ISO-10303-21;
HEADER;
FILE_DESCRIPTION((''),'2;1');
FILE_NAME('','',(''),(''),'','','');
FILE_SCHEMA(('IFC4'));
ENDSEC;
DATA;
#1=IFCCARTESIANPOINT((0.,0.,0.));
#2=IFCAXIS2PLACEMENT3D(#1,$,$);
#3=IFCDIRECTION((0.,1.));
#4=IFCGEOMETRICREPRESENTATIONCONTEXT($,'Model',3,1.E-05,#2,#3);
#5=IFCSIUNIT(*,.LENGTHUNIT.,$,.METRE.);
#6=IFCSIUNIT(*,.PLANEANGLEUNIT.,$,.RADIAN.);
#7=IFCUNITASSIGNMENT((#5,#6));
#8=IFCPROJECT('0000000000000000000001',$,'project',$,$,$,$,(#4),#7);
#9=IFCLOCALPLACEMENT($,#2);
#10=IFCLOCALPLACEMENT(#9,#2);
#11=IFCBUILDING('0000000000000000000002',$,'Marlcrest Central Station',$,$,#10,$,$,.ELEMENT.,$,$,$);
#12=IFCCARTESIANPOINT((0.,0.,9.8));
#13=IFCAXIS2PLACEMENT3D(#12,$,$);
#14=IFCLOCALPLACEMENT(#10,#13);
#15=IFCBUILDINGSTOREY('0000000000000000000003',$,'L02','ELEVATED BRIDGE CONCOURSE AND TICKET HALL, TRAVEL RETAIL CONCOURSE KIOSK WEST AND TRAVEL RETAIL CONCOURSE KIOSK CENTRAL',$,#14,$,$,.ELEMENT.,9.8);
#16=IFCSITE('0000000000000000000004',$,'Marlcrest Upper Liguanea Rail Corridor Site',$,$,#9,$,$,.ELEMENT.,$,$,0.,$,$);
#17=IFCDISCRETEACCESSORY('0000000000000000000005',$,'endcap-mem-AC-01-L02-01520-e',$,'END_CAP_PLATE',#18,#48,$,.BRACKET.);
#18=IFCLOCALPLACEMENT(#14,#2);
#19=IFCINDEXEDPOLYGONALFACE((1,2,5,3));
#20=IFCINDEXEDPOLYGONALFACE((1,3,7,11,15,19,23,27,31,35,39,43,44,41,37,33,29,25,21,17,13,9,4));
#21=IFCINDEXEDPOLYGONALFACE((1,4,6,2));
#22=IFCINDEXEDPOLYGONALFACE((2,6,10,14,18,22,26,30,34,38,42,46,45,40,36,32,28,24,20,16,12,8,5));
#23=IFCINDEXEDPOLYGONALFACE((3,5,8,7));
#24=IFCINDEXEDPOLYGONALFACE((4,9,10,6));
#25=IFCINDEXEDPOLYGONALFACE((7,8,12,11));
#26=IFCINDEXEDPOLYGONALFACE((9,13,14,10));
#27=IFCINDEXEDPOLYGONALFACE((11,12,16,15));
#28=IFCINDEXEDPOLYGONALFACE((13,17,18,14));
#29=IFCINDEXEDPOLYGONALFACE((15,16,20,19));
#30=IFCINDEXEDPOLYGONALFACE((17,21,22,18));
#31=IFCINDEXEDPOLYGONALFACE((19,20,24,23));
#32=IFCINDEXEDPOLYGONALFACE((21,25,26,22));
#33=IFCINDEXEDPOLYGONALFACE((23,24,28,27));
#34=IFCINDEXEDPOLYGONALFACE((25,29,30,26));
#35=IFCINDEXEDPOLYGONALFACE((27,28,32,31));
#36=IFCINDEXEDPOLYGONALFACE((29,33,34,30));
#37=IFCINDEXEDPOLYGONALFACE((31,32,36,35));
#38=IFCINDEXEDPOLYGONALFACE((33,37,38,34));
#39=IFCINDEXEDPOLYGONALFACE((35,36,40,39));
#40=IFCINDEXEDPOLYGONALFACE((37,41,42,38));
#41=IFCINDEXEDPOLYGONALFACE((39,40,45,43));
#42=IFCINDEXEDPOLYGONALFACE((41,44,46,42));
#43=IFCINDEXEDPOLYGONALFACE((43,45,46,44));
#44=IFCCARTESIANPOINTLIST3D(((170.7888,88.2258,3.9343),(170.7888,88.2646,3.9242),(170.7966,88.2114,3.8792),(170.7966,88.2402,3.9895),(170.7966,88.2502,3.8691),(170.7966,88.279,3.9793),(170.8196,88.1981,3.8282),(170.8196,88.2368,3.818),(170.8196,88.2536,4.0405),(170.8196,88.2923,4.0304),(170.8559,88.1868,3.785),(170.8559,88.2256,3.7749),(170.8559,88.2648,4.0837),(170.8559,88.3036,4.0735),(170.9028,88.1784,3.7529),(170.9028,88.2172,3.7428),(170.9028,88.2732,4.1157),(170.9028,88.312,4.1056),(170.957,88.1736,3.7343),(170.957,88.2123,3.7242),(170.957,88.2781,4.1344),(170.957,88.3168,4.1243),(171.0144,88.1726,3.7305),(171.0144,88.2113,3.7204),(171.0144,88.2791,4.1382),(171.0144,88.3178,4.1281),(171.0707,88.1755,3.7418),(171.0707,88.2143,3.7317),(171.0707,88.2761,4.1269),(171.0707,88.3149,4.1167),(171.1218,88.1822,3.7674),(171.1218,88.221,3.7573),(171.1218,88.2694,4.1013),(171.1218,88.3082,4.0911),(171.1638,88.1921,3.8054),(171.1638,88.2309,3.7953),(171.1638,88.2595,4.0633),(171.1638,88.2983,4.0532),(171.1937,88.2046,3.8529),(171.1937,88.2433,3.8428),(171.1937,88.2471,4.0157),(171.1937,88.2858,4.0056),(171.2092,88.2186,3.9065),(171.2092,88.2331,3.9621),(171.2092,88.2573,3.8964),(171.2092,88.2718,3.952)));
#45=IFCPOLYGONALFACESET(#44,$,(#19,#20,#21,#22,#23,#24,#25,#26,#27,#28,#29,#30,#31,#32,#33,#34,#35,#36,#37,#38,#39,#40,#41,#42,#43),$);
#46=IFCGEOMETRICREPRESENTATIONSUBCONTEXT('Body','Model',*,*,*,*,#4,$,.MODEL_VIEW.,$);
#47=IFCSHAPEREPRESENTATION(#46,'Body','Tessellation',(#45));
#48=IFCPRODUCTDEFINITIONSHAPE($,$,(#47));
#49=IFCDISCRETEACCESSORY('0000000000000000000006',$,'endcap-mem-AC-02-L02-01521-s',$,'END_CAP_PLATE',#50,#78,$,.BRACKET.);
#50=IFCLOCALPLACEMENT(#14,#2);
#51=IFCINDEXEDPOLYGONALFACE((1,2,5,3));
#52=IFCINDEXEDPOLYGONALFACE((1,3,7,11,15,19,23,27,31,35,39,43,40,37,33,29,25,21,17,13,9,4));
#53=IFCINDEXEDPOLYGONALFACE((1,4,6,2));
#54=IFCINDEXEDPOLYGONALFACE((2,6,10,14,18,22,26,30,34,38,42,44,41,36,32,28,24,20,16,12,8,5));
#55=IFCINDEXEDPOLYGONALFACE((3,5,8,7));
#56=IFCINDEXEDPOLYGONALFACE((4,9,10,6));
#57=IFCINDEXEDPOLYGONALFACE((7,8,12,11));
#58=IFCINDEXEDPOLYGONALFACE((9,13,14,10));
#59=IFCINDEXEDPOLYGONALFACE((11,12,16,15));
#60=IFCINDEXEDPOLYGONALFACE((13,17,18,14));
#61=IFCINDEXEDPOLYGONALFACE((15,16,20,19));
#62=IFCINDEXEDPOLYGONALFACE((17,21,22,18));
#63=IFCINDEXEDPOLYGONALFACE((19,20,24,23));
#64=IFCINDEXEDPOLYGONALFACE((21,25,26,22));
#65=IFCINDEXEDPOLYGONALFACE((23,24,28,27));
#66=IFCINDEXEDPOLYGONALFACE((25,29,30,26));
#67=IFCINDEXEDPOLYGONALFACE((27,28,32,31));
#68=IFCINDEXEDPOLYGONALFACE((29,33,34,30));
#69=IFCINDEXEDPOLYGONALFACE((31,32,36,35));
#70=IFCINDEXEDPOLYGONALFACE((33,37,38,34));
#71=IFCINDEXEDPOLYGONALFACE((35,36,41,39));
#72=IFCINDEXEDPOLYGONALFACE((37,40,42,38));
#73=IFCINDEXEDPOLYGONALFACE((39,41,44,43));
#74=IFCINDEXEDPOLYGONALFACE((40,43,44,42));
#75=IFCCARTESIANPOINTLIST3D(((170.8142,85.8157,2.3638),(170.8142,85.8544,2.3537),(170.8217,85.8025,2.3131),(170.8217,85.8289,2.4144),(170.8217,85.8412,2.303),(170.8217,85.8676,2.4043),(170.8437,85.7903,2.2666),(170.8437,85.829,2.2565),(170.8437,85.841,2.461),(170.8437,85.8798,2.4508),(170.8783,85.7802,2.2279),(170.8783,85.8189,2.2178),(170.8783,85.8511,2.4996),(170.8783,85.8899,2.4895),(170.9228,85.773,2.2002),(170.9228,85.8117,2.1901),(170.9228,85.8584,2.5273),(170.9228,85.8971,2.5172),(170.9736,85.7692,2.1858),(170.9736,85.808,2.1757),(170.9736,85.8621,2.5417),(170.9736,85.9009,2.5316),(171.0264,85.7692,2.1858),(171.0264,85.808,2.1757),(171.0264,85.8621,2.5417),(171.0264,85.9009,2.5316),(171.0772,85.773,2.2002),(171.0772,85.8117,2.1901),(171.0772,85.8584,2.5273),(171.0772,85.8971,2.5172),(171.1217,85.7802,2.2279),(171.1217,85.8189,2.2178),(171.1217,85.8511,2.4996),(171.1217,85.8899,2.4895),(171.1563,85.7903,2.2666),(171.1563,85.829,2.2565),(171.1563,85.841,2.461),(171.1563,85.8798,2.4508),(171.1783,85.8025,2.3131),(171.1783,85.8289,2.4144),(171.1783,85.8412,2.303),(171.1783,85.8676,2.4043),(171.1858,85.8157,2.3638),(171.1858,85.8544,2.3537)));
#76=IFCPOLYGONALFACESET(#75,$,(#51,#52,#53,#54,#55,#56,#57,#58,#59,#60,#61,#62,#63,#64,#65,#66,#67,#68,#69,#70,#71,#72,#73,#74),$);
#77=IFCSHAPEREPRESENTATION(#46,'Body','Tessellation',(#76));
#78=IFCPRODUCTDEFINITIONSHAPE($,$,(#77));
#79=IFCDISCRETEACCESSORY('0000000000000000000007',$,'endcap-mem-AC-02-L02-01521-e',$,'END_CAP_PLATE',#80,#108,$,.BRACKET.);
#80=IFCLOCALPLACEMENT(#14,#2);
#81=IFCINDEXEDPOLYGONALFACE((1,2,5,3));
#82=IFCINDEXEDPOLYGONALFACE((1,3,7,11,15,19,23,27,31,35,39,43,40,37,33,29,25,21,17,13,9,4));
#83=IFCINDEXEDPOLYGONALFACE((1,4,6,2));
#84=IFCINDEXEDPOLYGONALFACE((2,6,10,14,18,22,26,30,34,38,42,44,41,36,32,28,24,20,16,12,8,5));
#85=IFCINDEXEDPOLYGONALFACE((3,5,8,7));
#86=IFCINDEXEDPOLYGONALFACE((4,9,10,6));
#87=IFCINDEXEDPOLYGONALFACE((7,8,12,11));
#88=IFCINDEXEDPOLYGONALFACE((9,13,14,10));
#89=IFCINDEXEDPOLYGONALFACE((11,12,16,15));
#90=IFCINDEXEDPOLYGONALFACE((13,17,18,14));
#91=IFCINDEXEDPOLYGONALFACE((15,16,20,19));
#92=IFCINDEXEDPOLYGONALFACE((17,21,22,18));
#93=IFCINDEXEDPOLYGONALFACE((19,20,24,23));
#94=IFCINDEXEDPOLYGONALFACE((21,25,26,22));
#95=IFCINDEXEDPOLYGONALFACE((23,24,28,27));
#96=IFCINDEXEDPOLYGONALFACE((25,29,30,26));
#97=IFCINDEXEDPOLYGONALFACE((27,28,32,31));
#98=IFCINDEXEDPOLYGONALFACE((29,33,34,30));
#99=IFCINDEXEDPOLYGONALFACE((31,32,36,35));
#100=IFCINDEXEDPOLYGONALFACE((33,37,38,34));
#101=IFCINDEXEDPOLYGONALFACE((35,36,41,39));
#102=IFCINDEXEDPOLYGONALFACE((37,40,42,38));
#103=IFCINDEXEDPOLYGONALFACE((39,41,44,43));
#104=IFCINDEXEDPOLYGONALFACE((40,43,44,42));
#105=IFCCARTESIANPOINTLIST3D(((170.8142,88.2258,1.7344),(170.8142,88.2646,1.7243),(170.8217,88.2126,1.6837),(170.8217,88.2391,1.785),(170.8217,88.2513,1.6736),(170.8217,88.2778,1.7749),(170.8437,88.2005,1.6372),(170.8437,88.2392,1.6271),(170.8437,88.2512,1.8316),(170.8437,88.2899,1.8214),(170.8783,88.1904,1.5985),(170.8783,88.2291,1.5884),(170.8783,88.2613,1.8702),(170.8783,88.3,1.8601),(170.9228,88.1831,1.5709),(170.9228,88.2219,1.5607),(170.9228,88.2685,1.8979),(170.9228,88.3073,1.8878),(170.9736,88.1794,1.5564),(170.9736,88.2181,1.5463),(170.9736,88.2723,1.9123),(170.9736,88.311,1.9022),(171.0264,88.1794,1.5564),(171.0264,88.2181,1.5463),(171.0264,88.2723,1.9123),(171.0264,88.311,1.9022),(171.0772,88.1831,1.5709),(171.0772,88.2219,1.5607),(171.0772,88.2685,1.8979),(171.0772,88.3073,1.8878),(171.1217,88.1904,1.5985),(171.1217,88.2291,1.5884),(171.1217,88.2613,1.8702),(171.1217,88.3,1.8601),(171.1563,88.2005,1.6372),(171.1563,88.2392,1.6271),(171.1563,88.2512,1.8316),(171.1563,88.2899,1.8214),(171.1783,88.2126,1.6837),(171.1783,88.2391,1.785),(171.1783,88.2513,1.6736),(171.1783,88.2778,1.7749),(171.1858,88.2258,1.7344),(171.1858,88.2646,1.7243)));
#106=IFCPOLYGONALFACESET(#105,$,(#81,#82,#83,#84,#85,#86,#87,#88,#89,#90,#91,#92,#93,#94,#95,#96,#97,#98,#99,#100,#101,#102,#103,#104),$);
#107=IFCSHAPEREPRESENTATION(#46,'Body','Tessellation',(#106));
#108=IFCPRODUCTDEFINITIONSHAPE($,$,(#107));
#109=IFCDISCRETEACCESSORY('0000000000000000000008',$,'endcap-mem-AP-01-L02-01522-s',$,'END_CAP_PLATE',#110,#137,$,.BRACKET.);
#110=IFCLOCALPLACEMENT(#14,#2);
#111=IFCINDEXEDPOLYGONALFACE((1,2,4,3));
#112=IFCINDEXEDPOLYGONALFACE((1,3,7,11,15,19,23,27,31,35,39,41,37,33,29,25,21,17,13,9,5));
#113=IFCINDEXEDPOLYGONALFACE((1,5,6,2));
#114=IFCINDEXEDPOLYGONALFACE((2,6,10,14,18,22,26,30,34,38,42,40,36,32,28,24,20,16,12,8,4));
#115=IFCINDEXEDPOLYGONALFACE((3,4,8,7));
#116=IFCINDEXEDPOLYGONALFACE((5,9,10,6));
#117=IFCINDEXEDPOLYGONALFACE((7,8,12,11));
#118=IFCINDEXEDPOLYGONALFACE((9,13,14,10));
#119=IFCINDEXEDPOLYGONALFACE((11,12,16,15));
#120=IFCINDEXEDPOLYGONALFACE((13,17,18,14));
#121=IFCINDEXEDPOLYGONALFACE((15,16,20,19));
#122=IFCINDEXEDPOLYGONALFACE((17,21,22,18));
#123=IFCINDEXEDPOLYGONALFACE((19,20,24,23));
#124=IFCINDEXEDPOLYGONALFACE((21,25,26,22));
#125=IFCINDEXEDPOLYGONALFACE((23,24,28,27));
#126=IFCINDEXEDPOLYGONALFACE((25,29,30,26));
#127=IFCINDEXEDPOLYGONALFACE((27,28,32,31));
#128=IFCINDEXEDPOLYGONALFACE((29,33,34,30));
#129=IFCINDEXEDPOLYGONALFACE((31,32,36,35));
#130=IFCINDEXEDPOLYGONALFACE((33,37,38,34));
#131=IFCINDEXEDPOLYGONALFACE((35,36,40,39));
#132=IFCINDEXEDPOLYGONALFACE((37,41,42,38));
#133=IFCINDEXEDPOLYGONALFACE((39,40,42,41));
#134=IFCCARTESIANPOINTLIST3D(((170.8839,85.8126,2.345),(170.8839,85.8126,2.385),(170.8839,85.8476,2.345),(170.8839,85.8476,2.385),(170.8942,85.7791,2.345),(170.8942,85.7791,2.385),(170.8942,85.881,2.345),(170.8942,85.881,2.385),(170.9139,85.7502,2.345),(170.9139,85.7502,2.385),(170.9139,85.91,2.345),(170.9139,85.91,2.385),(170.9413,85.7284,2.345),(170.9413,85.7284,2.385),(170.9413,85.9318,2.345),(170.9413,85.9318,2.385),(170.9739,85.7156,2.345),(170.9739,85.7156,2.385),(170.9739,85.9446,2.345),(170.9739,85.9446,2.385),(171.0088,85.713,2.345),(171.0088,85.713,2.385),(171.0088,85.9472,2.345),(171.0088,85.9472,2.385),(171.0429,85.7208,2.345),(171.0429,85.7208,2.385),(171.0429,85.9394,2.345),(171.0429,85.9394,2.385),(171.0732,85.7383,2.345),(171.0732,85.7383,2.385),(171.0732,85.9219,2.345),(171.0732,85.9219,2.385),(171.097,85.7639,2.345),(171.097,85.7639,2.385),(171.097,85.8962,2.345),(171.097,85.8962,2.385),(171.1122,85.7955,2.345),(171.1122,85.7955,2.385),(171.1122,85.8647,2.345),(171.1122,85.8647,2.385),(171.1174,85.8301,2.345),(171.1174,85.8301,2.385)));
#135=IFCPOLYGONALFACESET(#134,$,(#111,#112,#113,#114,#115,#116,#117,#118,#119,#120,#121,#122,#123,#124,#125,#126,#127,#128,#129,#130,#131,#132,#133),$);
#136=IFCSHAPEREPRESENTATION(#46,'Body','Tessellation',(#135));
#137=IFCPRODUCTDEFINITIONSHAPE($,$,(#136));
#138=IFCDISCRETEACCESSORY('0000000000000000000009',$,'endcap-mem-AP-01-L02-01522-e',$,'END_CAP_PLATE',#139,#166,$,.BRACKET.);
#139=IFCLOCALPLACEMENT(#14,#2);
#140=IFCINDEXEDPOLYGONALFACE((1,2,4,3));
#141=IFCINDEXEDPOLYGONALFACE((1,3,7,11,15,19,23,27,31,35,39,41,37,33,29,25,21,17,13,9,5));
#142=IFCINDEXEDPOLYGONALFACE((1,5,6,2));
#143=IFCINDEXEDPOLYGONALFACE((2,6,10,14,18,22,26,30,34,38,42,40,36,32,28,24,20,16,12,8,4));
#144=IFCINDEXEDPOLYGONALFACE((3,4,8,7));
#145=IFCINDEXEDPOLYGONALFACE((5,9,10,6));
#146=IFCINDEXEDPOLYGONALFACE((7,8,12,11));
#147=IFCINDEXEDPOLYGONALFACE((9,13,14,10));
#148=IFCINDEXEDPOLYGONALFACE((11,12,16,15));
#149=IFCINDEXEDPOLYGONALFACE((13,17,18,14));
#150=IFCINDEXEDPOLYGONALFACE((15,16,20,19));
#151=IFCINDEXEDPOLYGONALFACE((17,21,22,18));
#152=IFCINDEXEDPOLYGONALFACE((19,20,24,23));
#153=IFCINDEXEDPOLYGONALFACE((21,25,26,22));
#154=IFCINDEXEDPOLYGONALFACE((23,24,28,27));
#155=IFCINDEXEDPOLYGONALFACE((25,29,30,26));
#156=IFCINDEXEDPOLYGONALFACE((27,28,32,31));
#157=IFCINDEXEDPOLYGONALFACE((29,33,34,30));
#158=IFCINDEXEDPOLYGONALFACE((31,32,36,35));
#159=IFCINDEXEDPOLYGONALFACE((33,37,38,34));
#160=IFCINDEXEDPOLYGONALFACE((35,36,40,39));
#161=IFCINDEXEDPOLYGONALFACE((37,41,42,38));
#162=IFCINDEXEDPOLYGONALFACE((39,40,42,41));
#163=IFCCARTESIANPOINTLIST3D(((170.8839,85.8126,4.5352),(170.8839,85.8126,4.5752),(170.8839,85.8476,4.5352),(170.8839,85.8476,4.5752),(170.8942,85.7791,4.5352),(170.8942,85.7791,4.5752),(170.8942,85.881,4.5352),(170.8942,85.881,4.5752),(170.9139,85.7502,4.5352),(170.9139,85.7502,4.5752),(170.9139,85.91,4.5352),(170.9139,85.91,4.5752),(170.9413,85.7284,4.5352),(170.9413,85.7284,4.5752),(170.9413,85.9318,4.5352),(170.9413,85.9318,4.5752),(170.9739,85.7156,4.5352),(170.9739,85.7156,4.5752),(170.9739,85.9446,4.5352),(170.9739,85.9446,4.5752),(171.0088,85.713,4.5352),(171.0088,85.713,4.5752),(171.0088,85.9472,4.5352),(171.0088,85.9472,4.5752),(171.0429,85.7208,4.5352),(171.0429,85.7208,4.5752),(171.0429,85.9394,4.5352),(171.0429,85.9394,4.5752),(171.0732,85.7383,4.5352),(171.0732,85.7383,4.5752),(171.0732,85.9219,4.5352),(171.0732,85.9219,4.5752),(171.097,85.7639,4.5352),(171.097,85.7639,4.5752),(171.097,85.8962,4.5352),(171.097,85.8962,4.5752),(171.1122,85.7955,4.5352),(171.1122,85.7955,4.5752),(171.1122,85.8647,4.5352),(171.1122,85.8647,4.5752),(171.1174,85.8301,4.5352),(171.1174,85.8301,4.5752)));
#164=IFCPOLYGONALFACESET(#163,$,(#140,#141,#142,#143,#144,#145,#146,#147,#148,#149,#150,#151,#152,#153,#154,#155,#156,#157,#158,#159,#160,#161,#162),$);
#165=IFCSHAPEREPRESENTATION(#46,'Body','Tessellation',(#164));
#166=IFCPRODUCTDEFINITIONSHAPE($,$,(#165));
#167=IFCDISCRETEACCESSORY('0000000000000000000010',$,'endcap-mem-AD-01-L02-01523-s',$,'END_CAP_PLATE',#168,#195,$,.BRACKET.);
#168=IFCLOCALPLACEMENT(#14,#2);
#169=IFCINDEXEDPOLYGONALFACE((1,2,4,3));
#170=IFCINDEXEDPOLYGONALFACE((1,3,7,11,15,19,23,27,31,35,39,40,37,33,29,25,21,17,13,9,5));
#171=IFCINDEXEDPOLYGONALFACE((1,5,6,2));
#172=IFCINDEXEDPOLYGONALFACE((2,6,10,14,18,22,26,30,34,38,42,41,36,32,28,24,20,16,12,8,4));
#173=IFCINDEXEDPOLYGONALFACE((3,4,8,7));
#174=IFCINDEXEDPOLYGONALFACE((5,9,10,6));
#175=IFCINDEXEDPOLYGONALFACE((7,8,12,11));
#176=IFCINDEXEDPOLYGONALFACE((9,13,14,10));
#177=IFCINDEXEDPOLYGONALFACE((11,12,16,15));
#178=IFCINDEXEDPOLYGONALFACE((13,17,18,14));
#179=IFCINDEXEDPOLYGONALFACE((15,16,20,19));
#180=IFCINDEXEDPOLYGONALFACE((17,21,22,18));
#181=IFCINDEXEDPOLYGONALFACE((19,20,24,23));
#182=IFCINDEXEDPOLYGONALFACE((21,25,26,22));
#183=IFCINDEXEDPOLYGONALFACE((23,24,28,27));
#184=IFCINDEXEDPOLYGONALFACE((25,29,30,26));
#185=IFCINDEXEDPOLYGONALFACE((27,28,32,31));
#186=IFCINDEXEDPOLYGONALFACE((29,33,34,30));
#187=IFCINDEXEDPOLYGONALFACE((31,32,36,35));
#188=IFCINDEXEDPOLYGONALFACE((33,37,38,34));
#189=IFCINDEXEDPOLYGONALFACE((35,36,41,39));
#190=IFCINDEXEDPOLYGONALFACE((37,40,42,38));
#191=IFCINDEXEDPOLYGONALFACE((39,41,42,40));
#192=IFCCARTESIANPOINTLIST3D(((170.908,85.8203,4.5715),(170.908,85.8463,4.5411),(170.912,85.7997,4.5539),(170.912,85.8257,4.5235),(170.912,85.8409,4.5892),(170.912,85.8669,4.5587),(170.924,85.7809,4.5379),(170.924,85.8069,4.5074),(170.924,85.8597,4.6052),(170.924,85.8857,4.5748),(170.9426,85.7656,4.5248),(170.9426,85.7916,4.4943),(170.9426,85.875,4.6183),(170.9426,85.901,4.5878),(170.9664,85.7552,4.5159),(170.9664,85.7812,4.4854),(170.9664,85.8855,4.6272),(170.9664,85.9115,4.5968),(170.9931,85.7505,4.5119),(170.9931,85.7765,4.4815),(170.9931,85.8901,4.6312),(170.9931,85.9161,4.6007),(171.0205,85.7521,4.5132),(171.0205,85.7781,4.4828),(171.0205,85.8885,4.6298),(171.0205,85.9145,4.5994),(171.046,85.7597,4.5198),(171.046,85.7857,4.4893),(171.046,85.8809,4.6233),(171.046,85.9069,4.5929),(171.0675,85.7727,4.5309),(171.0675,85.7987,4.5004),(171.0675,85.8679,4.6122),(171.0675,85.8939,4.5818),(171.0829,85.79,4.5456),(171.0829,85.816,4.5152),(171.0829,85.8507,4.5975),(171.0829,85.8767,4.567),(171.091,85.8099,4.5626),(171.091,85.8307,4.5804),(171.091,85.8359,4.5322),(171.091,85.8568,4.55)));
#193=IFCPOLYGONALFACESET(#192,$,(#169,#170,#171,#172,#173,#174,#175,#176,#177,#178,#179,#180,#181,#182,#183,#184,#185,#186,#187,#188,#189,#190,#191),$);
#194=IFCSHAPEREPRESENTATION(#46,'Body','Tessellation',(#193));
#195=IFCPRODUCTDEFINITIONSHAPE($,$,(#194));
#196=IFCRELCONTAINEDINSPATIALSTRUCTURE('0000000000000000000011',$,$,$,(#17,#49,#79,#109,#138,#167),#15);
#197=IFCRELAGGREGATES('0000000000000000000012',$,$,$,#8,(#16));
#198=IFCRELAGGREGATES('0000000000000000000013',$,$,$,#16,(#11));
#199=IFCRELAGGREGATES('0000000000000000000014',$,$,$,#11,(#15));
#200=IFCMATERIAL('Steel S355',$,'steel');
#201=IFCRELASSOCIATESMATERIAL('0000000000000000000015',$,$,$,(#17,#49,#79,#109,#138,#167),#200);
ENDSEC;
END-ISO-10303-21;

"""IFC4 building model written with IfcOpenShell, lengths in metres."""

from ifc_helpers import new_model, si_unit, direction, frame, origin, origin_2d, place, context, subcontext, project, spatial, circle, extrude, material, element, save


model = new_model("IFC4")

# Units and contexts
model_context = context("Model", 3, precision=1e-05, world=origin(), true_north=direction((0.0, 1.0)))
body_context = subcontext(model_context, "Body", "Model", "MODEL_VIEW")
ifc_project = project(units=[si_unit("LENGTHUNIT", "METRE"), si_unit("PLANEANGLEUNIT", "RADIAN")], contexts=[model_context])

# Site, building, storey
site_placement = place(None, origin())
site = spatial("IfcSite", under=ifc_project, at=site_placement, Name="Marlcrest Upper Liguanea Rail Corridor Site", CompositionType="ELEMENT", RefElevation=0.0)
building_placement = place(site_placement, origin())
building = spatial("IfcBuilding", under=site, at=building_placement, Name="Marlcrest Central Station", CompositionType="ELEMENT")
storey_placement = place(building_placement, frame((0.0, 0.0, 9.8)))
storey = spatial("IfcBuildingStorey", under=building, at=storey_placement, Name="L02", Description="ELEVATED BRIDGE CONCOURSE AND TICKET HALL, TRAVEL RETAIL CONCOURSE KIOSK WEST AND TRAVEL RETAIL CONCOURSE KIOSK CENTRAL", CompositionType="ELEMENT", Elevation=9.8)

# Shared definitions
ifc_material_1 = material(Name="Steel S355", Category="steel")

# Discrete accessories
for number, where, z_axis, x_axis, name in (
    (1, (171.0, 88.2258, 3.9343), (0.0, 0.967539, -0.25272), (-1.0, 0.0, 0.0), "endcap-mem-AC-01-L02-01520-e"),
):
    element("IfcDiscreteAccessory", number, at=place(storey_placement, frame(where, z_axis=z_axis, x_axis=x_axis)), inside=storey, material=ifc_material_1, Name=name, ObjectType="END_CAP_PLATE", PredefinedType="BRACKET", context=body_context, shape_type="SweptSolid", body=[
        extrude(circle(Radius=0.2112, at=origin_2d()), origin(), (0.0, 0.0, 1.0), 0.04),
    ])
for number, where, z_axis, x_axis, name in (
    (2, (171.0, 85.8157, 2.3638), (0.0, 0.967563, -0.252629), (-1.0, 0.0, 0.0), "endcap-mem-AC-02-L02-01521-s"),
    (3, (171.0, 88.2258, 1.7344), (0.0, 0.967563, -0.252629), (-1.0, 0.0, 0.0), "endcap-mem-AC-02-L02-01521-e"),
):
    element("IfcDiscreteAccessory", number, at=place(storey_placement, frame(where, z_axis=z_axis, x_axis=x_axis)), inside=storey, material=ifc_material_1, Name=name, ObjectType="END_CAP_PLATE", PredefinedType="BRACKET", context=body_context, shape_type="SweptSolid", body=[
        extrude(circle(Radius=0.1858, at=origin_2d()), origin(), (0.0, 0.0, 1.0), 0.04),
    ])
for number, where, z_axis, x_axis, name in (
    (4, (171.0, 85.8301, 2.345), (0.0, 0.0, 1.0), (1.0, 0.0, 0.0), "endcap-mem-AP-01-L02-01522-s"),
    (5, (171.0, 85.8301, 4.5352), (0.0, 0.0, 1.0), (1.0, 0.0, 0.0), "endcap-mem-AP-01-L02-01522-e"),
):
    element("IfcDiscreteAccessory", number, at=place(storey_placement, frame(where, z_axis=z_axis, x_axis=x_axis)), inside=storey, material=ifc_material_1, Name=name, ObjectType="END_CAP_PLATE", PredefinedType="BRACKET", context=body_context, shape_type="SweptSolid", body=[
        extrude(circle(Radius=0.1174, at=origin_2d()), origin(), (0.0, 0.0, 1.0), 0.04),
    ])
for number, where, z_axis, x_axis, name in (
    (6, (171.0, 85.8203, 4.5715), (0.0, 0.649625, -0.760255), (-1.0, 0.0, 0.0), "endcap-mem-AD-01-L02-01523-s"),
):
    element("IfcDiscreteAccessory", number, at=place(storey_placement, frame(where, z_axis=z_axis, x_axis=x_axis)), inside=storey, material=ifc_material_1, Name=name, ObjectType="END_CAP_PLATE", PredefinedType="BRACKET", context=body_context, shape_type="SweptSolid", body=[
        extrude(circle(Radius=0.092, at=origin_2d()), origin(), (0.0, 0.0, 1.0), 0.04),
    ])

save(model, "model.ifc")
